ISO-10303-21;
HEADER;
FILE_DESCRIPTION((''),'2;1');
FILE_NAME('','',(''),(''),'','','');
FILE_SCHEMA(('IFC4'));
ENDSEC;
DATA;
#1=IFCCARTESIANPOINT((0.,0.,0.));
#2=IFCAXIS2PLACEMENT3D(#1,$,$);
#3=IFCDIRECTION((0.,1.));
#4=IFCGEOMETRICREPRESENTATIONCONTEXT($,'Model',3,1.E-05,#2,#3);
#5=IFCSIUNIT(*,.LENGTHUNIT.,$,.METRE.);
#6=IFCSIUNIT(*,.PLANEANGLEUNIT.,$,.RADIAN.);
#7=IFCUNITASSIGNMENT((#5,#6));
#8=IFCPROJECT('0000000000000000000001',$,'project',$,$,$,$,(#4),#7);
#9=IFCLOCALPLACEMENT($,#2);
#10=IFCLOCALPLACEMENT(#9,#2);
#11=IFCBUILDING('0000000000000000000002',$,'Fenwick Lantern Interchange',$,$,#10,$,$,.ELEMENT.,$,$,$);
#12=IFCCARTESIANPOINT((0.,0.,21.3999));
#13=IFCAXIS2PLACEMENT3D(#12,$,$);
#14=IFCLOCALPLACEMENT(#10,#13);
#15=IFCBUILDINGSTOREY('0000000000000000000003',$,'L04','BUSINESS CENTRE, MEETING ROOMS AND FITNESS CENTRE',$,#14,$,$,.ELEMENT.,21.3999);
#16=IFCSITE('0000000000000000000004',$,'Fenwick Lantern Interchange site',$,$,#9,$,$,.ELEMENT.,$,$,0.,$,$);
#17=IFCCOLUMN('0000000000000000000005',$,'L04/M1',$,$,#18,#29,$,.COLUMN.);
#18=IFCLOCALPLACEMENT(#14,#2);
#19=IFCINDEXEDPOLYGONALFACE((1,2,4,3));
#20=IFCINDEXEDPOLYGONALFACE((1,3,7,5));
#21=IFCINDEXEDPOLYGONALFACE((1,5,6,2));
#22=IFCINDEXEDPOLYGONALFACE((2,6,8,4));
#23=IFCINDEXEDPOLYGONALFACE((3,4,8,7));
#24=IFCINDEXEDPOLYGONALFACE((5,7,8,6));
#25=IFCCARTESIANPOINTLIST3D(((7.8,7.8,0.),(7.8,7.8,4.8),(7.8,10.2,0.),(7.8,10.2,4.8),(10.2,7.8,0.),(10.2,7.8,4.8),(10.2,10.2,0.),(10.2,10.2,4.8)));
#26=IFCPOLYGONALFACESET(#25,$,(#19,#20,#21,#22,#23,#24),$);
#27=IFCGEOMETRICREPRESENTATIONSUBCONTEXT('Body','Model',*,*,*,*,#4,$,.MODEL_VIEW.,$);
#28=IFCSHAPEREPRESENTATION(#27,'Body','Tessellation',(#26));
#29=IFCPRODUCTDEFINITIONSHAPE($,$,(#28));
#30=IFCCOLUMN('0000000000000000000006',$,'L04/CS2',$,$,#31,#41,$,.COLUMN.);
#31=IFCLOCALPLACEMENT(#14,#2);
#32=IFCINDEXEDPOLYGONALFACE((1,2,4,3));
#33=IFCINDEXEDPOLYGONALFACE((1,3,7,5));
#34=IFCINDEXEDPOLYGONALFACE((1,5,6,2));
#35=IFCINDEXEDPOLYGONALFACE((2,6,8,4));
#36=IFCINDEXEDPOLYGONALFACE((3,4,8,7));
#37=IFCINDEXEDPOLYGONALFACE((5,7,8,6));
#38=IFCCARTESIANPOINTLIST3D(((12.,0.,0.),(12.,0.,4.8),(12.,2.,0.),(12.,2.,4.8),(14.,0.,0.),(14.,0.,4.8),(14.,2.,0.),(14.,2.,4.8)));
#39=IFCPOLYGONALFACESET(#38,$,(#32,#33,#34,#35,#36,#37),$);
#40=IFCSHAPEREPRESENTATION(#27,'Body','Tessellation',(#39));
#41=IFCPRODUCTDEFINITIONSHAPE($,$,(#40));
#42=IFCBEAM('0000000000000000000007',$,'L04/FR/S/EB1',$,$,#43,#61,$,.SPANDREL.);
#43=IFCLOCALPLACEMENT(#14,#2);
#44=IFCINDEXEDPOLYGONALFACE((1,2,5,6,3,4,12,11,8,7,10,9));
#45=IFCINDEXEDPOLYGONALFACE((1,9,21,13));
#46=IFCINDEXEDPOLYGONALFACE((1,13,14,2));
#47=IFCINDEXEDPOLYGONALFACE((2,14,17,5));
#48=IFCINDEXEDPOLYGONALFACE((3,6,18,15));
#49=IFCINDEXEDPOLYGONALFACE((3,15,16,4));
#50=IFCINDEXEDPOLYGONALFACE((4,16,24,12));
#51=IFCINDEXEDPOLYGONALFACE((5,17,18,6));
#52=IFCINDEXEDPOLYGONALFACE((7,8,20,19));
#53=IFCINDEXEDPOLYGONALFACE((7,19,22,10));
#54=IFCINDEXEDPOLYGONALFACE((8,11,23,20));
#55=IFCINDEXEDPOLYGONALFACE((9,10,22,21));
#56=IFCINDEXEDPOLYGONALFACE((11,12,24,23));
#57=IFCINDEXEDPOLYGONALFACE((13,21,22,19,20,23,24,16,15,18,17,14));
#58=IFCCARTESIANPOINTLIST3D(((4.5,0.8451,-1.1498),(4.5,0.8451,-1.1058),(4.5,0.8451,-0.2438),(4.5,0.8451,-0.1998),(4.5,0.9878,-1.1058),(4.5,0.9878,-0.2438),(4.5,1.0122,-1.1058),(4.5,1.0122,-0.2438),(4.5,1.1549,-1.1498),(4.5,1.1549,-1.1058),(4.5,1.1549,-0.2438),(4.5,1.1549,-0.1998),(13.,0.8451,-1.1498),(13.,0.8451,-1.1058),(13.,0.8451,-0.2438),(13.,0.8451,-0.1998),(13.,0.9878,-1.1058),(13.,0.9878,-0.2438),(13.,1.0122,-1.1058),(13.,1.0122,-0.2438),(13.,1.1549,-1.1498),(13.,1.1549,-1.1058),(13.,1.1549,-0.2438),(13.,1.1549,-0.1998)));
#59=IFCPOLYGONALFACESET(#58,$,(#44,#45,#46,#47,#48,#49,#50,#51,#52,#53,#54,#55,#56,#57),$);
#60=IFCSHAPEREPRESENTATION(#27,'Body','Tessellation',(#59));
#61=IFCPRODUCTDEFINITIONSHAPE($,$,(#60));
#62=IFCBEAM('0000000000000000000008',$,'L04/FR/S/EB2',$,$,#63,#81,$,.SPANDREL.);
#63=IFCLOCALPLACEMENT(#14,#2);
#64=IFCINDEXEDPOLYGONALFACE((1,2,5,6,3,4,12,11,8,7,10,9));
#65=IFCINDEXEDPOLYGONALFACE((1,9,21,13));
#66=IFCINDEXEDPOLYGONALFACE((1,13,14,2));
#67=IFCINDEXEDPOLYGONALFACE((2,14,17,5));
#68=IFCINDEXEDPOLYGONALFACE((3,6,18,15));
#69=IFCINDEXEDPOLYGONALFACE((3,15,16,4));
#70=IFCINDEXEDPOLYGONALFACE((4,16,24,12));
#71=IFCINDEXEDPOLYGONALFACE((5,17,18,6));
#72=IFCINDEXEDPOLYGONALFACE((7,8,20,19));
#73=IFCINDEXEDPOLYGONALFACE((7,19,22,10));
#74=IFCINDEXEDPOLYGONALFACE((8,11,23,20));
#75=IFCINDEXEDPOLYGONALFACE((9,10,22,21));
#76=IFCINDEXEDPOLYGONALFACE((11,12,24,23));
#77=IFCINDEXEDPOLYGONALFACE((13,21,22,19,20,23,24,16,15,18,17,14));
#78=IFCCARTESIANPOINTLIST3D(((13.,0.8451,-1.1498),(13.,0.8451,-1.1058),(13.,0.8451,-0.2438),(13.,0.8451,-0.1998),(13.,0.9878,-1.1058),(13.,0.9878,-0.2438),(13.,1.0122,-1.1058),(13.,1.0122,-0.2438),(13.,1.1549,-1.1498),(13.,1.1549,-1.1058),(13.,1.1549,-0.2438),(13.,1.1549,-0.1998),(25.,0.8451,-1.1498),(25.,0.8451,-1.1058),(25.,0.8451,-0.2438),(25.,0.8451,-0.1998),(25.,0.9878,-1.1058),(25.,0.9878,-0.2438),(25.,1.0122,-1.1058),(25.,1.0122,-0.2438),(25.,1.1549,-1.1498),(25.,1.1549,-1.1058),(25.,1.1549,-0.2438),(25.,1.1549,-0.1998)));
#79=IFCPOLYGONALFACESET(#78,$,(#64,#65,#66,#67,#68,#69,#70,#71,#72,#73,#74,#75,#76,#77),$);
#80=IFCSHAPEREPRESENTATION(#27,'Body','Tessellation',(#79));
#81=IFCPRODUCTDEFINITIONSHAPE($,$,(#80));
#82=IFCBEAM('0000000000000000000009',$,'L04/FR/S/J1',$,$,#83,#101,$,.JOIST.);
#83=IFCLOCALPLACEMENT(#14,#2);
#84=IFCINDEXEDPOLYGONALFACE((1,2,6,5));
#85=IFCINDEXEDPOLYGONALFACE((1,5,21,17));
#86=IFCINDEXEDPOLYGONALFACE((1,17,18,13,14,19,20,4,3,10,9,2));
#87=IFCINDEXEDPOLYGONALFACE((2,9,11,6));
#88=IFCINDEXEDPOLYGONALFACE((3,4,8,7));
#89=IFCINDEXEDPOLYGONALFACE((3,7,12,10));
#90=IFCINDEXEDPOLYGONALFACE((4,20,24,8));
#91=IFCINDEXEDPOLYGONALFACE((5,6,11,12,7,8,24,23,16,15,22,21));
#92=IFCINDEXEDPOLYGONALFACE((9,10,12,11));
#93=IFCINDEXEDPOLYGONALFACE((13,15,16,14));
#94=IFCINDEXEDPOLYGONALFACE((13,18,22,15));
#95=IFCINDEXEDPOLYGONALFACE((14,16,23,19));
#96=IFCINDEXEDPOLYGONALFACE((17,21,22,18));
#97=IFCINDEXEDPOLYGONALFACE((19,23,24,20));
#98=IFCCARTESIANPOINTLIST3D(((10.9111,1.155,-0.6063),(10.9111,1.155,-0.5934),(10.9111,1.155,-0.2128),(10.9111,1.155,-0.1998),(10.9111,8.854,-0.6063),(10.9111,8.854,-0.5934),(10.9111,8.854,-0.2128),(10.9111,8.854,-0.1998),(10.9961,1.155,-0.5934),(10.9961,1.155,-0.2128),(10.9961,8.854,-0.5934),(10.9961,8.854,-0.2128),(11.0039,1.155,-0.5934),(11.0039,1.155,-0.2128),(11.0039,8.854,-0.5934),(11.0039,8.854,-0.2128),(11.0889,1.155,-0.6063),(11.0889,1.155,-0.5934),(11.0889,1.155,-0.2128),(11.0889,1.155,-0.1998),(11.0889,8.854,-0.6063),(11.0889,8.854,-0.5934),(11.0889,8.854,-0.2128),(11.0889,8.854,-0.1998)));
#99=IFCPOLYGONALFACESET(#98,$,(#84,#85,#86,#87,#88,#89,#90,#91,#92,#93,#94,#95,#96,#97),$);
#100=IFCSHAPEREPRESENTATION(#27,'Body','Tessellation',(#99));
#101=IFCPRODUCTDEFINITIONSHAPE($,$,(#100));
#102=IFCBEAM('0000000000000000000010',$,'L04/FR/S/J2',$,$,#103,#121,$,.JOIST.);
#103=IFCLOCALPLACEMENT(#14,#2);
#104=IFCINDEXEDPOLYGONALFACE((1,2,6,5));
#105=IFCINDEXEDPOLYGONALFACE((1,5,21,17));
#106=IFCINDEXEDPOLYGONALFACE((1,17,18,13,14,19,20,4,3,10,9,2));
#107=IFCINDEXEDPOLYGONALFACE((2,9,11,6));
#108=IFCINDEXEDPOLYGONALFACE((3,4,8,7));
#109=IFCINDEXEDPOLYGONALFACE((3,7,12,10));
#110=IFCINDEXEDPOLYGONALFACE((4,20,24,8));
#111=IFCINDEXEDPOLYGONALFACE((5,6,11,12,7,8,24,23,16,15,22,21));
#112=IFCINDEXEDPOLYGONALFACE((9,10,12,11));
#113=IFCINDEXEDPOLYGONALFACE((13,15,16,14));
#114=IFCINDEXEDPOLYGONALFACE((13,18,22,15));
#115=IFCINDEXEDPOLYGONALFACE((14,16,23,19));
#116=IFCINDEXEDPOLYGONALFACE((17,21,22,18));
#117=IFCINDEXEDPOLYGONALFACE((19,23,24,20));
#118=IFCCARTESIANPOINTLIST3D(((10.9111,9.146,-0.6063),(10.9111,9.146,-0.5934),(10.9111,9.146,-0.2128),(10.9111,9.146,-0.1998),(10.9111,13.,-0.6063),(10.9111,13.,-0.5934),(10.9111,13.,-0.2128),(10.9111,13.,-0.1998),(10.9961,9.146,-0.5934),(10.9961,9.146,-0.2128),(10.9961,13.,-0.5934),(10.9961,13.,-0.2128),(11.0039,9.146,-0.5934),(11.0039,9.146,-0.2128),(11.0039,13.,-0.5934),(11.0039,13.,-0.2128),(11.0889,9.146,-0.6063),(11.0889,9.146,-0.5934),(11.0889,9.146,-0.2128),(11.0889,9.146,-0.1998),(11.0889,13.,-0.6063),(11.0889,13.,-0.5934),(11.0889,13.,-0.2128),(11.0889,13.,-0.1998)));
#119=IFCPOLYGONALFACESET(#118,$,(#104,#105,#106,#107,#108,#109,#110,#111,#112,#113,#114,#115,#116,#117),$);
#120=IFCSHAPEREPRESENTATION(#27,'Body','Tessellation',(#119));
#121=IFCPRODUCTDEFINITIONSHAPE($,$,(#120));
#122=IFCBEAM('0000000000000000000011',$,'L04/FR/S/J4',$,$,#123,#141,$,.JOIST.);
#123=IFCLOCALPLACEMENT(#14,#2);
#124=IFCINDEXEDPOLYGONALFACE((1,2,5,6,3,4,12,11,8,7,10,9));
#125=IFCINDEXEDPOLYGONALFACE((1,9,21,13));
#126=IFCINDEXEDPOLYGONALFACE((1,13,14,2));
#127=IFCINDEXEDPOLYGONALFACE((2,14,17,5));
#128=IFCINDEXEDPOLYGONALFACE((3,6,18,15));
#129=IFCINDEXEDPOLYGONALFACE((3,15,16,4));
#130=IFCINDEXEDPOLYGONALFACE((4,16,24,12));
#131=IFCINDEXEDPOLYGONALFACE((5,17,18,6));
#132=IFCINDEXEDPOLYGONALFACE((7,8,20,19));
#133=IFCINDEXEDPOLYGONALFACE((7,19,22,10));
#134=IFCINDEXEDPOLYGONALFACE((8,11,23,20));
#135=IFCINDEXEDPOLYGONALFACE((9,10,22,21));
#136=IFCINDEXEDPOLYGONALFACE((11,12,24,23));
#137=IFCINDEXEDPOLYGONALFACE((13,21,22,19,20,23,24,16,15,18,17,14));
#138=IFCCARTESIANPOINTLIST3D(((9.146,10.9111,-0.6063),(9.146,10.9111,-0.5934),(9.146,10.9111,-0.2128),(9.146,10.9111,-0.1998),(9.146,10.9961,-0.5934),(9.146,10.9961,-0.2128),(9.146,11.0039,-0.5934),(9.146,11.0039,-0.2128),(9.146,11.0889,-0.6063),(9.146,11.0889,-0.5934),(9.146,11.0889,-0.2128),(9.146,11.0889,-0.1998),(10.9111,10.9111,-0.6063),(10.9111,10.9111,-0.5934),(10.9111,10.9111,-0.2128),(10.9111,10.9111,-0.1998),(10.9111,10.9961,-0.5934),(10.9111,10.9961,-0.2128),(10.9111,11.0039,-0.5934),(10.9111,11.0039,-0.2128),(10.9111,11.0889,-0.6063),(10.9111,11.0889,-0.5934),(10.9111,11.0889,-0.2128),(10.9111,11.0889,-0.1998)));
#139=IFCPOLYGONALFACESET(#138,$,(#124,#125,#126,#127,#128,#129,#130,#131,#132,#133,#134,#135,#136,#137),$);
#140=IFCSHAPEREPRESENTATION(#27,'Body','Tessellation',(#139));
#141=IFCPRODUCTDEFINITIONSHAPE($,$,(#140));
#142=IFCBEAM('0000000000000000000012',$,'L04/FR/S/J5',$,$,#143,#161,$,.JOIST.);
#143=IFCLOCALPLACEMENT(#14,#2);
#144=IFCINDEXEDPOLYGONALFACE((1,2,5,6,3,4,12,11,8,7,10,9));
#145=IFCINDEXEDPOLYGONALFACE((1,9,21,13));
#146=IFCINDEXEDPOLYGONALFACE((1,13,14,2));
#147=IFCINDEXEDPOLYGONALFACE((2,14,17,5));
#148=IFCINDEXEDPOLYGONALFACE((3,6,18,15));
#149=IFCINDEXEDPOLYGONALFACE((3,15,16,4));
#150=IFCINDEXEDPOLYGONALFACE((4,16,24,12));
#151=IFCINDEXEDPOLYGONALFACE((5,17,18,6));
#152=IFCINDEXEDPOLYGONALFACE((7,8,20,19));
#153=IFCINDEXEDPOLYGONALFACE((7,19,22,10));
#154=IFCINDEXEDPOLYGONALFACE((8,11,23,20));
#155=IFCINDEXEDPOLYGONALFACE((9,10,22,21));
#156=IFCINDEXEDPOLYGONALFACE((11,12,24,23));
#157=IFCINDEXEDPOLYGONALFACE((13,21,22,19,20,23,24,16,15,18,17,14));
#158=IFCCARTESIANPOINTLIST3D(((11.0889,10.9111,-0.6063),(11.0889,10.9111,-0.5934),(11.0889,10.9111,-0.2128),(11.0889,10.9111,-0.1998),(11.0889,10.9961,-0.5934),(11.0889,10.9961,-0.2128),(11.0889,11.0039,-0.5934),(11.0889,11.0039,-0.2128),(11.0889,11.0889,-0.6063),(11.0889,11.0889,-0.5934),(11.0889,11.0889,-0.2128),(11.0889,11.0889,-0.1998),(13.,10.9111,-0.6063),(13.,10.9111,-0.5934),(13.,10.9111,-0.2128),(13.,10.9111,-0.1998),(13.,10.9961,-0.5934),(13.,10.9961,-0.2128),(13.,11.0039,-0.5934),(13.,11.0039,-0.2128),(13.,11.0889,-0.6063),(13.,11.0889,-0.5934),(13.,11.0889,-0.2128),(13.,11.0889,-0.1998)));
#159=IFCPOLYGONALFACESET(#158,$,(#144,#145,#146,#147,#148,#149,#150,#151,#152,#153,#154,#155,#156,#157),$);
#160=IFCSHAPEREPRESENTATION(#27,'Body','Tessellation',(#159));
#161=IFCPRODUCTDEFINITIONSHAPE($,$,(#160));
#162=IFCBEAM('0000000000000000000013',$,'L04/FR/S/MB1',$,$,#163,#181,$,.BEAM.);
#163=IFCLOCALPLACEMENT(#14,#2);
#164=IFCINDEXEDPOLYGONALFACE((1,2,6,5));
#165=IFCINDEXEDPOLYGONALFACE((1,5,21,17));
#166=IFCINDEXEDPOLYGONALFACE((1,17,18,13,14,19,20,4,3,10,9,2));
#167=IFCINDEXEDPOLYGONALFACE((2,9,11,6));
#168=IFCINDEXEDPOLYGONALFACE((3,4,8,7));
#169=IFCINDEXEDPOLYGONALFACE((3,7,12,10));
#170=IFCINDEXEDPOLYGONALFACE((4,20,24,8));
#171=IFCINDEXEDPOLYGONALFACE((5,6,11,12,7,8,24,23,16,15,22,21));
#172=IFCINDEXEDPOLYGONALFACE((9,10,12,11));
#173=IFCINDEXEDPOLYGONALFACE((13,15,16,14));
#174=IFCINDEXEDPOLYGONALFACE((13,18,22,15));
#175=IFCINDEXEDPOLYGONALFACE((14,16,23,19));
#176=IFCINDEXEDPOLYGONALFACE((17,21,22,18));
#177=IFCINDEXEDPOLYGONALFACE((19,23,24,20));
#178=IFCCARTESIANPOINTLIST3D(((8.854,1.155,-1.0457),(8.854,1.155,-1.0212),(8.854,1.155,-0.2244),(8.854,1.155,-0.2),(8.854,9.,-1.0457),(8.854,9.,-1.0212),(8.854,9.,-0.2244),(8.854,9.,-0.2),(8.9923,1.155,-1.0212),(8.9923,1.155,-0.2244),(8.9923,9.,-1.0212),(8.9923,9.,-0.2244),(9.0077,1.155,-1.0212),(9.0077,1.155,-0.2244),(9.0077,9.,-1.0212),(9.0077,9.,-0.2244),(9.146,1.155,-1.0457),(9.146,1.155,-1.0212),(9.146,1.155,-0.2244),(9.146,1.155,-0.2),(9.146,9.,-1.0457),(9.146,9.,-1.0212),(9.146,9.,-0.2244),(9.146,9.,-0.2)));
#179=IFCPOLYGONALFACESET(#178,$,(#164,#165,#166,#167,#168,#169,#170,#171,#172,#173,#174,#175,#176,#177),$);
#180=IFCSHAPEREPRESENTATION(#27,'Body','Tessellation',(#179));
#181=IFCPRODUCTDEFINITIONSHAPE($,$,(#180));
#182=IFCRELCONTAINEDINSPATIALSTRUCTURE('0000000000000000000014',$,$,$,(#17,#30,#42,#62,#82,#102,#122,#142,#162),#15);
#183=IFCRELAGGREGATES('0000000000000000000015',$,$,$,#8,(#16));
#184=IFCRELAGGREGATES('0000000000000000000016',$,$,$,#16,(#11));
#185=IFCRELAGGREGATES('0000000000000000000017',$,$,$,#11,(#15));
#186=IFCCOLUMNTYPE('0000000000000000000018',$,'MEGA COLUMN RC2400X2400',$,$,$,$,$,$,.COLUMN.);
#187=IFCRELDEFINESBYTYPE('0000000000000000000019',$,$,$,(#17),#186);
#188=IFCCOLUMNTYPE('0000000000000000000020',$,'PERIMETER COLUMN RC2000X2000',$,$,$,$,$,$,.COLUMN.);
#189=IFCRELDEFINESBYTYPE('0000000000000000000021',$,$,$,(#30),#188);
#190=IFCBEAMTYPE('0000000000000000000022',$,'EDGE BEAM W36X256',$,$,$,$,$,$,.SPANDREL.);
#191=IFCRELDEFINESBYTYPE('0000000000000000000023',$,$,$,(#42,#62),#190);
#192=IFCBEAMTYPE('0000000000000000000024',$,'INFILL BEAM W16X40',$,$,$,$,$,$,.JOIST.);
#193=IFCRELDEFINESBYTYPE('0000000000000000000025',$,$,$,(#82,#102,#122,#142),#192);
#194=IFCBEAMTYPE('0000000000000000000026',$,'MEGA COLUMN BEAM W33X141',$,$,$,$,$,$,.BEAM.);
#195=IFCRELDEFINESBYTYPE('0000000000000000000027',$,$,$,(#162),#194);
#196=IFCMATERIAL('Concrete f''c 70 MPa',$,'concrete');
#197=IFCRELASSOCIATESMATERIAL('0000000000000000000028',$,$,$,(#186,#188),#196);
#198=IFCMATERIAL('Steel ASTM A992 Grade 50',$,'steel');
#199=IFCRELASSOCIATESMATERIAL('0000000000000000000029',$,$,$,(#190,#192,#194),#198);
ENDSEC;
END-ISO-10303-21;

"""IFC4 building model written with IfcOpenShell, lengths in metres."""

from ifc_helpers import new_model, si_unit, direction, frame, origin, origin_2d, place, context, subcontext, project, spatial, rectangle, i_section, extrude, material, material_profile, profile_set, type_object, element, save


model = new_model("IFC4")

# Units and contexts
model_context = context("Model", 3, precision=1e-05, world=origin(), true_north=direction((0.0, 1.0)))
body_context = subcontext(model_context, "Body", "Model", "MODEL_VIEW")
ifc_project = project(units=[si_unit("LENGTHUNIT", "METRE"), si_unit("PLANEANGLEUNIT", "RADIAN")], contexts=[model_context])

# Site, building, storey
site_placement = place(None, origin())
site = spatial("IfcSite", under=ifc_project, at=site_placement, Name="Fenwick Lantern Interchange site", CompositionType="ELEMENT", RefElevation=0.0)
building_placement = place(site_placement, origin())
building = spatial("IfcBuilding", under=site, at=building_placement, Name="Fenwick Lantern Interchange", CompositionType="ELEMENT")
storey_placement = place(building_placement, frame((0.0, 0.0, 21.3999)))
storey = spatial("IfcBuildingStorey", under=building, at=storey_placement, Name="L04", Description="BUSINESS CENTRE, MEETING ROOMS AND FITNESS CENTRE", CompositionType="ELEMENT", Elevation=21.3999)

# Columns
ifc_material_1 = material(Name="Concrete f'c 70 MPa", Category="concrete")
ifc_material_profile_1 = material_profile(ifc_material_1, rectangle(XDim=2.3999, YDim=2.3999, at=origin_2d()), Name="RC2400X2400")
ifc_profile_set_1 = profile_set([ifc_material_profile_1], Name="Concrete f'c 70 MPa")
column_type_1 = type_object("IfcColumnType", Name="MEGA COLUMN RC2400X2400", PredefinedType="COLUMN", material=ifc_profile_set_1)
column_1_placement = place(storey_placement, frame((9.0, 9.0, 0.0), z_axis=(0.0, 0.0, 1.0), x_axis=(1.0, 0.0, 0.0)))
element("IfcColumn", 1, at=column_1_placement, inside=storey, type_object=column_type_1, Name="L04/M1", PredefinedType="COLUMN", context=body_context, shape_type="SweptSolid", body=[
    extrude(rectangle(XDim=2.3999, YDim=2.3999, at=origin_2d()), origin(), (0.0, 0.0, 1.0), 4.8),
])
ifc_material_profile_2 = material_profile(ifc_material_1, rectangle(XDim=2.0, YDim=2.0, at=origin_2d()), Name="RC2000X2000")
ifc_profile_set_2 = profile_set([ifc_material_profile_2], Name="Concrete f'c 70 MPa")
column_type_2 = type_object("IfcColumnType", Name="PERIMETER COLUMN RC2000X2000", PredefinedType="COLUMN", material=ifc_profile_set_2)
column_2_placement = place(storey_placement, frame((13.0, 1.0, 0.0), z_axis=(0.0, 0.0, 1.0), x_axis=(1.0, 0.0, 0.0)))
element("IfcColumn", 2, at=column_2_placement, inside=storey, type_object=column_type_2, Name="L04/CS2", PredefinedType="COLUMN", context=body_context, shape_type="SweptSolid", body=[
    extrude(rectangle(XDim=2.0, YDim=2.0, at=origin_2d()), origin(), (0.0, 0.0, 1.0), 4.8),
])

# Beams
ifc_material_2 = material(Name="Steel ASTM A992 Grade 50", Category="steel")
ifc_material_profile_3 = material_profile(ifc_material_2, i_section(OverallWidth=0.3098, OverallDepth=0.95, WebThickness=0.0244, FlangeThickness=0.0439, at=origin_2d()), Name="W36X256")
ifc_profile_set_3 = profile_set([ifc_material_profile_3], Name="Steel ASTM A992 Grade 50")
beam_type_1 = type_object("IfcBeamType", Name="EDGE BEAM W36X256", PredefinedType="SPANDREL", material=ifc_profile_set_3)
beam_1_placement = place(storey_placement, frame((4.5, 1.0, -0.6748), z_axis=(1.0, 0.0, 0.0), x_axis=(0.0, 1.0, 0.0)))
element("IfcBeam", 3, at=beam_1_placement, inside=storey, type_object=beam_type_1, Name="L04/FR/S/EB1", PredefinedType="SPANDREL", context=body_context, shape_type="SweptSolid", body=[
    extrude(i_section(OverallWidth=0.3098, OverallDepth=0.95, WebThickness=0.0244, FlangeThickness=0.0439, at=origin_2d()), origin(), (0.0, 0.0, 1.0), 8.5),
])
beam_2_placement = place(storey_placement, frame((13.0, 1.0, -0.6748), z_axis=(1.0, 0.0, 0.0), x_axis=(0.0, 1.0, 0.0)))
element("IfcBeam", 4, at=beam_2_placement, inside=storey, type_object=beam_type_1, Name="L04/FR/S/EB2", PredefinedType="SPANDREL", context=body_context, shape_type="SweptSolid", body=[
    extrude(i_section(OverallWidth=0.3098, OverallDepth=0.95, WebThickness=0.0244, FlangeThickness=0.0439, at=origin_2d()), origin(), (0.0, 0.0, 1.0), 12.0),
])
ifc_material_profile_4 = material_profile(ifc_material_2, i_section(OverallWidth=0.1777, OverallDepth=0.4065, WebThickness=0.0078, FlangeThickness=0.0129, at=origin_2d()), Name="W16X40")
ifc_profile_set_4 = profile_set([ifc_material_profile_4], Name="Steel ASTM A992 Grade 50")
beam_type_2 = type_object("IfcBeamType", Name="INFILL BEAM W16X40", PredefinedType="JOIST", material=ifc_profile_set_4)
beam_3_placement = place(storey_placement, frame((11.0, 1.155, -0.4031), z_axis=(0.0, 1.0, 0.0), x_axis=(-1.0, 0.0, 0.0)))
element("IfcBeam", 5, at=beam_3_placement, inside=storey, type_object=beam_type_2, Name="L04/FR/S/J1", PredefinedType="JOIST", context=body_context, shape_type="SweptSolid", body=[
    extrude(i_section(OverallWidth=0.1777, OverallDepth=0.4065, WebThickness=0.0078, FlangeThickness=0.0129, at=origin_2d()), origin(), (0.0, 0.0, 1.0), 7.699),
])
beam_4_placement = place(storey_placement, frame((11.0, 9.146, -0.4031), z_axis=(0.0, 1.0, 0.0), x_axis=(-1.0, 0.0, 0.0)))
element("IfcBeam", 6, at=beam_4_placement, inside=storey, type_object=beam_type_2, Name="L04/FR/S/J2", PredefinedType="JOIST", context=body_context, shape_type="SweptSolid", body=[
    extrude(i_section(OverallWidth=0.1777, OverallDepth=0.4065, WebThickness=0.0078, FlangeThickness=0.0129, at=origin_2d()), origin(), (0.0, 0.0, 1.0), 3.854),
])
beam_5_placement = place(storey_placement, frame((9.146, 11.0, -0.4031), z_axis=(1.0, 0.0, 0.0), x_axis=(0.0, 1.0, 0.0)))
element("IfcBeam", 7, at=beam_5_placement, inside=storey, type_object=beam_type_2, Name="L04/FR/S/J4", PredefinedType="JOIST", context=body_context, shape_type="SweptSolid", body=[
    extrude(i_section(OverallWidth=0.1777, OverallDepth=0.4065, WebThickness=0.0078, FlangeThickness=0.0129, at=origin_2d()), origin(), (0.0, 0.0, 1.0), 1.7651),
])
beam_6_placement = place(storey_placement, frame((11.0889, 11.0, -0.4031), z_axis=(1.0, 0.0, 0.0), x_axis=(0.0, 1.0, 0.0)))
element("IfcBeam", 8, at=beam_6_placement, inside=storey, type_object=beam_type_2, Name="L04/FR/S/J5", PredefinedType="JOIST", context=body_context, shape_type="SweptSolid", body=[
    extrude(i_section(OverallWidth=0.1777, OverallDepth=0.4065, WebThickness=0.0078, FlangeThickness=0.0129, at=origin_2d()), origin(), (0.0, 0.0, 1.0), 1.9111),
])
ifc_material_profile_5 = material_profile(ifc_material_2, i_section(OverallWidth=0.292, OverallDepth=0.8457, WebThickness=0.0154, FlangeThickness=0.0244, at=origin_2d()), Name="W33X141")
ifc_profile_set_5 = profile_set([ifc_material_profile_5], Name="Steel ASTM A992 Grade 50")
beam_type_3 = type_object("IfcBeamType", Name="MEGA COLUMN BEAM W33X141", PredefinedType="BEAM", material=ifc_profile_set_5)
for number, where, z_axis, x_axis, name in (
    (9, (9.0, 9.0, -0.6228), (0.0, -1.0, 0.0), (1.0, 0.0, 0.0), "L04/FR/S/MB1"),
):
    element("IfcBeam", number, at=place(storey_placement, frame(where, z_axis=z_axis, x_axis=x_axis)), inside=storey, type_object=beam_type_3, Name=name, PredefinedType="BEAM", context=body_context, shape_type="SweptSolid", body=[
        extrude(i_section(OverallWidth=0.292, OverallDepth=0.8457, WebThickness=0.0154, FlangeThickness=0.0244, at=origin_2d()), origin(), (0.0, 0.0, 1.0), 7.845),
    ])

save(model, "model.ifc")
